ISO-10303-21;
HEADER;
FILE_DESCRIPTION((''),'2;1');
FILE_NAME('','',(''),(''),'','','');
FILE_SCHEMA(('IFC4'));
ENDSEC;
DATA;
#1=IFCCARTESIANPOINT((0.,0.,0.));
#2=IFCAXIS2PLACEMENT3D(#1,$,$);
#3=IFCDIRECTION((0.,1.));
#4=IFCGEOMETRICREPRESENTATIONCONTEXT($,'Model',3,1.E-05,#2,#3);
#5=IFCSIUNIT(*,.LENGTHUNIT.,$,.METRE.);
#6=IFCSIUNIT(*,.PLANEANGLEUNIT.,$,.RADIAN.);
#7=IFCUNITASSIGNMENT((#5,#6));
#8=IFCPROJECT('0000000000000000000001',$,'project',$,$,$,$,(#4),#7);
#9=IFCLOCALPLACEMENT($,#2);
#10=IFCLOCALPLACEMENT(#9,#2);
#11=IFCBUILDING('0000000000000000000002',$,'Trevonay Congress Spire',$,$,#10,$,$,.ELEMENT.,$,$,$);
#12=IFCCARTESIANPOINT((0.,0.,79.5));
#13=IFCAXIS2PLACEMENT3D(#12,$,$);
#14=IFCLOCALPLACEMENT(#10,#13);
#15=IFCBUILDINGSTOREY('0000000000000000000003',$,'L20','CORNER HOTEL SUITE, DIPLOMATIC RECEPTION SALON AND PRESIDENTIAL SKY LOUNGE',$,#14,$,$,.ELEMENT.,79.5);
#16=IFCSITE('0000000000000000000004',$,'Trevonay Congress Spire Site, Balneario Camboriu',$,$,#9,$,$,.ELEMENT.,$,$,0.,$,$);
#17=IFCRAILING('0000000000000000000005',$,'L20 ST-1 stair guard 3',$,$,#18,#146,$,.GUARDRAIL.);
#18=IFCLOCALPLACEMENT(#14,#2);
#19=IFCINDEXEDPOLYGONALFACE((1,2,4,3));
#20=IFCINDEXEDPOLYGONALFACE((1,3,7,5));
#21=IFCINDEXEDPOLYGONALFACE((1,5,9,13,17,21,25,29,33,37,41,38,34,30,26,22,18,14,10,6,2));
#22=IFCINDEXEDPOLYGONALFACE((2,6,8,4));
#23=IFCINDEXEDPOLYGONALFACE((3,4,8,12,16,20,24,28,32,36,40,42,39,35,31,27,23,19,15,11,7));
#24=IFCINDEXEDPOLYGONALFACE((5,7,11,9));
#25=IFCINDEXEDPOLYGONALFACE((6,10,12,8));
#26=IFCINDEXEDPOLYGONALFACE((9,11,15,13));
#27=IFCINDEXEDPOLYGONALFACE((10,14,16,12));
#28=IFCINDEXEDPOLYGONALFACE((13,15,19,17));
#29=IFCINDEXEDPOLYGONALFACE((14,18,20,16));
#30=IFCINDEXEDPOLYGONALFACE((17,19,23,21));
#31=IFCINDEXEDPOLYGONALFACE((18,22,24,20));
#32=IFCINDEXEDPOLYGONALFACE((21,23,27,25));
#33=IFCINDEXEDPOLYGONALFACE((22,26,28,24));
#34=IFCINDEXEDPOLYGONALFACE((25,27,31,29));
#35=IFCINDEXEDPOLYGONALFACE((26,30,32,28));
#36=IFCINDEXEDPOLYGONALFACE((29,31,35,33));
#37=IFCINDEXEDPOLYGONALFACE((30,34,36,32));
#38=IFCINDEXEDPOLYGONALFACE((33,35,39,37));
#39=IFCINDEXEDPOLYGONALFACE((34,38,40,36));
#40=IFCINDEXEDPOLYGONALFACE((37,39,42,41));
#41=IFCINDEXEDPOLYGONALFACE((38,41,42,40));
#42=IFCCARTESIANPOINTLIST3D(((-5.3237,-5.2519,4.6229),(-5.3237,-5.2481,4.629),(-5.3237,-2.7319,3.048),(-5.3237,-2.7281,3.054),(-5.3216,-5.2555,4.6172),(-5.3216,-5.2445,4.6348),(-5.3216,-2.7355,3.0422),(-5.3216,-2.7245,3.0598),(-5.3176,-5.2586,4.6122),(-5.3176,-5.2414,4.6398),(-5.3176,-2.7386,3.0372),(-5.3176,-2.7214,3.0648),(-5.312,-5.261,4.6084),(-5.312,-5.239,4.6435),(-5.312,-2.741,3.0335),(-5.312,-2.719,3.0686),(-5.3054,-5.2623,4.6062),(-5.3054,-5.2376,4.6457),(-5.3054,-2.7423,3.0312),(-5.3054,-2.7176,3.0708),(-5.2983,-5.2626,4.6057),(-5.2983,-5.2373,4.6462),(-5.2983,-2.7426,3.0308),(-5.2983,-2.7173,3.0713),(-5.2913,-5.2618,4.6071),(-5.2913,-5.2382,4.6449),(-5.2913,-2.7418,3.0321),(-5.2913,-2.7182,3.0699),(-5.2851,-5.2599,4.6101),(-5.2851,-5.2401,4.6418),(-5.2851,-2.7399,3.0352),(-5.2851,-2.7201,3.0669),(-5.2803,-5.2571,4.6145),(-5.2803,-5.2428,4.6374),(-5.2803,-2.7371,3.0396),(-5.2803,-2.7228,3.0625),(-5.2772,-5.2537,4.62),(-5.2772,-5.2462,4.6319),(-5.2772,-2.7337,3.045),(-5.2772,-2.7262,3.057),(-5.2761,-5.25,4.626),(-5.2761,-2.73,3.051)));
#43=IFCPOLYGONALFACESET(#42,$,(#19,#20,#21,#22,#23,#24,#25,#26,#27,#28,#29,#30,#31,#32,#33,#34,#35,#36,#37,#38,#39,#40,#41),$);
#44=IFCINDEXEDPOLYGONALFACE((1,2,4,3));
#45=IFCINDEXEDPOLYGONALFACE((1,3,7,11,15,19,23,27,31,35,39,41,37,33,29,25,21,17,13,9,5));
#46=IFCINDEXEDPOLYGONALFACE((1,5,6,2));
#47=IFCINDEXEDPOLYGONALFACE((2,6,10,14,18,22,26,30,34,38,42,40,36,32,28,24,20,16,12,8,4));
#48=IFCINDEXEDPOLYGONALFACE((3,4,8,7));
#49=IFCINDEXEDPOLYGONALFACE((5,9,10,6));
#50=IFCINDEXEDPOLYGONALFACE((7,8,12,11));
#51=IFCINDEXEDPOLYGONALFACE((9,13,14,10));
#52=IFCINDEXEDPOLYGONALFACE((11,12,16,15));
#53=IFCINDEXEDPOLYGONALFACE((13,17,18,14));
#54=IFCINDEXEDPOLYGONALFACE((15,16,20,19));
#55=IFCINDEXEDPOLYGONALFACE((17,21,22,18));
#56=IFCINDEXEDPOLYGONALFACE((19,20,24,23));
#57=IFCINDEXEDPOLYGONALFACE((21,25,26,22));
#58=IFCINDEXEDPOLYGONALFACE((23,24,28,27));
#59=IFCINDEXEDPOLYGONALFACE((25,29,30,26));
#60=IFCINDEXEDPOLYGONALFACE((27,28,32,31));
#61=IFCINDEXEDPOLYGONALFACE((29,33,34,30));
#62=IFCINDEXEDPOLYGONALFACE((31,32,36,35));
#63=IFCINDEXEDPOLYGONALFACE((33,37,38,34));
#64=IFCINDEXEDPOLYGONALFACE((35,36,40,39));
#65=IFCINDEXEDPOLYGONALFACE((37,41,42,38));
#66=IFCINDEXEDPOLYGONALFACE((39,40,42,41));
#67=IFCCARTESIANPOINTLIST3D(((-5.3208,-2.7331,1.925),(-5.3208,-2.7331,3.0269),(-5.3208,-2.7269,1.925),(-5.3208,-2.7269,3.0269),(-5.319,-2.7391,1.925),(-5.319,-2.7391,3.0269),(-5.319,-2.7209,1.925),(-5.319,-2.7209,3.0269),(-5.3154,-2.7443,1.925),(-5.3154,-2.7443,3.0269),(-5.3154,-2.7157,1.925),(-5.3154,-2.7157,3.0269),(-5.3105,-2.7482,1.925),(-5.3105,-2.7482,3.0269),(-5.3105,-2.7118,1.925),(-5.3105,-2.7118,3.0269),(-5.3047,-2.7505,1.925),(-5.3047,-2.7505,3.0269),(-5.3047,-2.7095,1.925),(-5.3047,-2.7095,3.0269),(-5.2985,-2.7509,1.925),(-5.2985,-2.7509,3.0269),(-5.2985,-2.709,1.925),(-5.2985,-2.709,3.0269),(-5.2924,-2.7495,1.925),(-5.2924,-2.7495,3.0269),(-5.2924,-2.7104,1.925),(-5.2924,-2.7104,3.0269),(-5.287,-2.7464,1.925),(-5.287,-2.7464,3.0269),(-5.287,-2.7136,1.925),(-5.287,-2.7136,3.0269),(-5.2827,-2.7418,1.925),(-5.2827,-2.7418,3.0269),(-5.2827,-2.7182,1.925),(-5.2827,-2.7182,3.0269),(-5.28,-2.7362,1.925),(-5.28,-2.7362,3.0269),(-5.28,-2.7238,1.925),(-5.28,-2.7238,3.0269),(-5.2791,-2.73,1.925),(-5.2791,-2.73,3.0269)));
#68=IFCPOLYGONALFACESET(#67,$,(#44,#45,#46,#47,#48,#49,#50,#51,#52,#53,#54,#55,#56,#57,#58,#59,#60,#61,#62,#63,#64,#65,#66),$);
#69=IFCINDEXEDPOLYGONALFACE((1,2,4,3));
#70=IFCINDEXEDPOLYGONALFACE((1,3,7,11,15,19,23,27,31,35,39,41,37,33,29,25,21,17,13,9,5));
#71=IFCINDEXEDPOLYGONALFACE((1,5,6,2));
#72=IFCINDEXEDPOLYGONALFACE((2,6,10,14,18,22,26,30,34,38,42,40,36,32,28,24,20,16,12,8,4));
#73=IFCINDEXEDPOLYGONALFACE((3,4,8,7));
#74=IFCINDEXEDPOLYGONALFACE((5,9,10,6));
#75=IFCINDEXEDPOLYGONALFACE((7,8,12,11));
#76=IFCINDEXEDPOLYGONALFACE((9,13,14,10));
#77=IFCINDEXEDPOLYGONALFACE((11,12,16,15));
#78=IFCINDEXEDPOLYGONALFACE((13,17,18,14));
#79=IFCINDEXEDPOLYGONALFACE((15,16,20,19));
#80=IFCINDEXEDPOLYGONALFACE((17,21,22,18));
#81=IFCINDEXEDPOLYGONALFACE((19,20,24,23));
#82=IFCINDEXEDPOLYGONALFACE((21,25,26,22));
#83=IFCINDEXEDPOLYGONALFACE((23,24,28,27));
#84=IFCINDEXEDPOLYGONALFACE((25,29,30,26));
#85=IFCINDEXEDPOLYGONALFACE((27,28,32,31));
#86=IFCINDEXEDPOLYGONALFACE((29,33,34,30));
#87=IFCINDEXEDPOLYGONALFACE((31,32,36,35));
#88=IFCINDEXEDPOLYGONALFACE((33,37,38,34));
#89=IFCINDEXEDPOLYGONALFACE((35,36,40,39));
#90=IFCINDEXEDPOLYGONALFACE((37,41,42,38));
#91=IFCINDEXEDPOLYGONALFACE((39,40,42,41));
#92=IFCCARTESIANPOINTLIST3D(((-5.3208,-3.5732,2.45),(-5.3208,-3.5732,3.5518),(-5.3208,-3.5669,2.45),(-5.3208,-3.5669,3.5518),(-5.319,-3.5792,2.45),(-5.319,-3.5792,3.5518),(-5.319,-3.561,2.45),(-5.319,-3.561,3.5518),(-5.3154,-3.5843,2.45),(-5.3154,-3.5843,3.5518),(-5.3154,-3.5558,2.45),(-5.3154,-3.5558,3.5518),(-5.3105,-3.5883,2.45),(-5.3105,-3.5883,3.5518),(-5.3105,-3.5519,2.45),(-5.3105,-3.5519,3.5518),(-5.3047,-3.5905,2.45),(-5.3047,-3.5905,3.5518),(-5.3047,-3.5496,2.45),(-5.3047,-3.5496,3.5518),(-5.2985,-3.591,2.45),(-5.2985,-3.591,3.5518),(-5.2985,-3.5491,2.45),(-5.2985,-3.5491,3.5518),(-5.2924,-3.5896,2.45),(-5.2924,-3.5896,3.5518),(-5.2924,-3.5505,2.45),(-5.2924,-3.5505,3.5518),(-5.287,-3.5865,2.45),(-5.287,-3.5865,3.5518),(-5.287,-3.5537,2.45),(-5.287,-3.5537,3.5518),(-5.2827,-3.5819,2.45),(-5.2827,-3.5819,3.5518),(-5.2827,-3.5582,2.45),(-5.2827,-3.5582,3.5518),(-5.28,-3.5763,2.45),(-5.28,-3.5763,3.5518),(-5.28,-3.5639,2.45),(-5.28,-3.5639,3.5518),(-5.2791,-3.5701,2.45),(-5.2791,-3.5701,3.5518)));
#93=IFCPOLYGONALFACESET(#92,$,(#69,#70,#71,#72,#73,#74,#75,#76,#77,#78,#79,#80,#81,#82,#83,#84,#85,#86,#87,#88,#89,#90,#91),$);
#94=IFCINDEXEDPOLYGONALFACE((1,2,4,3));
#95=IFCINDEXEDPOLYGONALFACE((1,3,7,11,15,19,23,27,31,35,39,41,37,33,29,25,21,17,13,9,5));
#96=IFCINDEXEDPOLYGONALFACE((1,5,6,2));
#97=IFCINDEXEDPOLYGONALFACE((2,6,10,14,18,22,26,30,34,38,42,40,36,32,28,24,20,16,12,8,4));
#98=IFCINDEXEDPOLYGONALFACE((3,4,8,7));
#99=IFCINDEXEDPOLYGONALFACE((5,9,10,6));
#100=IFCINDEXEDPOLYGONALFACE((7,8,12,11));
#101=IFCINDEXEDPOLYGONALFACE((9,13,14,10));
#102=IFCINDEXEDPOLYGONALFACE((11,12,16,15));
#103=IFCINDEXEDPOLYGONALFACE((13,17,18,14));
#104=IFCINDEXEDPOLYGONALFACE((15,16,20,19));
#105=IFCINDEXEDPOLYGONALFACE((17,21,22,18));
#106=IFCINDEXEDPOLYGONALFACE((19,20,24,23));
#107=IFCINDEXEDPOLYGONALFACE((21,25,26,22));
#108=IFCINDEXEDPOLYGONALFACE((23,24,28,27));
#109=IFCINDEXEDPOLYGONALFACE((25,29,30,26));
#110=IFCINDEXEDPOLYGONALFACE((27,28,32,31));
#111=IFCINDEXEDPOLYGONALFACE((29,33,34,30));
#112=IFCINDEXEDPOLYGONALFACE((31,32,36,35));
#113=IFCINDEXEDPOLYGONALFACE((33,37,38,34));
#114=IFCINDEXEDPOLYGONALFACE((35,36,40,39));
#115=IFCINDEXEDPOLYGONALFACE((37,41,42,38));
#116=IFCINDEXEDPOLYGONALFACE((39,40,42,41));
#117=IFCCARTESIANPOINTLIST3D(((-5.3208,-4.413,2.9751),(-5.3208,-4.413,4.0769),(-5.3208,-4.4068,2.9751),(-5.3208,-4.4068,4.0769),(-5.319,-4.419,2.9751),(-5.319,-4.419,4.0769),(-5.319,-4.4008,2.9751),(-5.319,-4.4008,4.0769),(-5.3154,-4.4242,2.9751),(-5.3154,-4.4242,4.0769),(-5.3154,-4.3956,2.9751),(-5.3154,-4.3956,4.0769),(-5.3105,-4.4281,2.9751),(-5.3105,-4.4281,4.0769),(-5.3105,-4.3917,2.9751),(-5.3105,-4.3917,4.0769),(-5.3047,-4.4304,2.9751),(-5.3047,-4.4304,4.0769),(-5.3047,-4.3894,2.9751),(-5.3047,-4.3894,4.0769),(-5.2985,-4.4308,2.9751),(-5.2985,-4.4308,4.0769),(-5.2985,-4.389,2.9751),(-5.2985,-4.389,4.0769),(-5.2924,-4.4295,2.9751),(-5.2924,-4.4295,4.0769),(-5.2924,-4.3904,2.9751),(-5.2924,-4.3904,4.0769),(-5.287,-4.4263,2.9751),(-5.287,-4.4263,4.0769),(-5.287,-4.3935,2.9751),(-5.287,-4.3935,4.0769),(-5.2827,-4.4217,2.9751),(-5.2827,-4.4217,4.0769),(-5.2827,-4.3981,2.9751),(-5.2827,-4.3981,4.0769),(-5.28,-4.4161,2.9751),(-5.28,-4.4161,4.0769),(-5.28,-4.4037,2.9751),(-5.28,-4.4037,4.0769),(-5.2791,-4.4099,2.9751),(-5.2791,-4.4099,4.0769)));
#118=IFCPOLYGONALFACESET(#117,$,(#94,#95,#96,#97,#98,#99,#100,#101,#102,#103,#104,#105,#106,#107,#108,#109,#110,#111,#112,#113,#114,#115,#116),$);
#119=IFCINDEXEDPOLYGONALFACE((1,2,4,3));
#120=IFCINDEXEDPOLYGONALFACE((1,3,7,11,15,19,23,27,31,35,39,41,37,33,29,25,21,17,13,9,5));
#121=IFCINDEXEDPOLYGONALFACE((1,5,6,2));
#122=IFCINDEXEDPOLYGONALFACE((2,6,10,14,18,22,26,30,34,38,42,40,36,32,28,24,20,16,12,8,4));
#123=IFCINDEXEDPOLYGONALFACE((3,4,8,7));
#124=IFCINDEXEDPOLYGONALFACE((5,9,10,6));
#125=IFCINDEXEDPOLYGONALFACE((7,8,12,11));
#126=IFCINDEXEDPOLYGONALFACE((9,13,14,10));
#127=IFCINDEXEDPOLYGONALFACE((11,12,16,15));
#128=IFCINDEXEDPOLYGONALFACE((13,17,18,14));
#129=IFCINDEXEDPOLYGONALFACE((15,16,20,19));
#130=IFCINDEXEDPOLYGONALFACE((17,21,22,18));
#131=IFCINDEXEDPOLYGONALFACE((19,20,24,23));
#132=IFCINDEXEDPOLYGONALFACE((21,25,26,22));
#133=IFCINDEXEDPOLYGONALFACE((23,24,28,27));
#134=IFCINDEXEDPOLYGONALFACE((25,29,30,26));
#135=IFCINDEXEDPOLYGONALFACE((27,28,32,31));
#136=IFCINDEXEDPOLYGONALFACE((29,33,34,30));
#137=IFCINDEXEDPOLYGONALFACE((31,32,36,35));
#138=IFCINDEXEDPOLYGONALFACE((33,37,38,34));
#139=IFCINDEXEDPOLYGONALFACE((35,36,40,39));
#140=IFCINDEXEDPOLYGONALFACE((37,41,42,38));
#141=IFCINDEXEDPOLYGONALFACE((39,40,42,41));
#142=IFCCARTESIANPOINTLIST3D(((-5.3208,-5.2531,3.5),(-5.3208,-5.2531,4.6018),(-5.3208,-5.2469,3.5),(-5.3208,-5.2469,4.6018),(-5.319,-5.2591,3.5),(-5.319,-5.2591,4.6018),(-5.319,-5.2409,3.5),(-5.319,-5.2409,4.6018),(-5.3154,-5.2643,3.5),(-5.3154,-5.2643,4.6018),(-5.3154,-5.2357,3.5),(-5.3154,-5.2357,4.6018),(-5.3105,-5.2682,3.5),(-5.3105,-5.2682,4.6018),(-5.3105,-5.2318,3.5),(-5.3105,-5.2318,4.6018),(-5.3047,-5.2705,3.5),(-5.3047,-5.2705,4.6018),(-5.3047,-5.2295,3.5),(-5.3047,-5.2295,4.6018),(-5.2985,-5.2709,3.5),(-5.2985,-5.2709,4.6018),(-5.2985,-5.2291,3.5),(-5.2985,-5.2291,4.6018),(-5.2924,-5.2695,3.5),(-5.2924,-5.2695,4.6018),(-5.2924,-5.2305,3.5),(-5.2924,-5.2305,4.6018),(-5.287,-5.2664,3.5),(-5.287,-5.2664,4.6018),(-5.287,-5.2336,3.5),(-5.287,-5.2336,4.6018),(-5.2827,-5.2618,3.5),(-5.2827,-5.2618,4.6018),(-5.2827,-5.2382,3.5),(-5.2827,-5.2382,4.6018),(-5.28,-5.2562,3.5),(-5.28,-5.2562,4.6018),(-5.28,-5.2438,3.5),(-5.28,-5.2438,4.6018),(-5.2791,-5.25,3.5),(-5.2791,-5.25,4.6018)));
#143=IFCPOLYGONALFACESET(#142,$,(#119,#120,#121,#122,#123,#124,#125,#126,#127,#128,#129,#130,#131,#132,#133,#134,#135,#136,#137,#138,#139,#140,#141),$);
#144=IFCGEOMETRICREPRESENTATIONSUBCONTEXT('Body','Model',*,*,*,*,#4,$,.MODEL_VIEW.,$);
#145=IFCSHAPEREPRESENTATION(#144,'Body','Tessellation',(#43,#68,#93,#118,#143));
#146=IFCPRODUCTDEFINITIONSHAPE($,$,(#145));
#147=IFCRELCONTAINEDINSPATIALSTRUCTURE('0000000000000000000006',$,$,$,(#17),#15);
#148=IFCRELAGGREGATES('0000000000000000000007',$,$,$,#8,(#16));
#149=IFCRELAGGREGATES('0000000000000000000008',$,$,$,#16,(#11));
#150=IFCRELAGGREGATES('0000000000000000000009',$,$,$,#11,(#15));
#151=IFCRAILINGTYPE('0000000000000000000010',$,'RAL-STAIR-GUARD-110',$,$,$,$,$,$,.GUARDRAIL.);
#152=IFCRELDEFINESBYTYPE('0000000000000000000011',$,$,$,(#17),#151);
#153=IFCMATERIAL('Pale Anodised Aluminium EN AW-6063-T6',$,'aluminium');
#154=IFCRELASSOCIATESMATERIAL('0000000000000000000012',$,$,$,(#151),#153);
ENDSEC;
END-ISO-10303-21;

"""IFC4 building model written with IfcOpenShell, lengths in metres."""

from ifc_helpers import new_model, si_unit, direction, frame, origin, origin_2d, place, context, subcontext, project, spatial, circle, extrude, material, type_object, element, save


model = new_model("IFC4")

# Units and contexts
model_context = context("Model", 3, precision=1e-05, world=origin(), true_north=direction((0.0, 1.0)))
body_context = subcontext(model_context, "Body", "Model", "MODEL_VIEW")
ifc_project = project(units=[si_unit("LENGTHUNIT", "METRE"), si_unit("PLANEANGLEUNIT", "RADIAN")], contexts=[model_context])

# Site, building, storey
site_placement = place(None, origin())
site = spatial("IfcSite", under=ifc_project, at=site_placement, Name="Trevonay Congress Spire Site, Balneario Camboriu", CompositionType="ELEMENT", RefElevation=0.0)
building_placement = place(site_placement, origin())
building = spatial("IfcBuilding", under=site, at=building_placement, Name="Trevonay Congress Spire", CompositionType="ELEMENT")
storey_placement = place(building_placement, frame((0.0, 0.0, 79.5)))
storey = spatial("IfcBuildingStorey", under=building, at=storey_placement, Name="L20", Description="CORNER HOTEL SUITE, DIPLOMATIC RECEPTION SALON AND PRESIDENTIAL SKY LOUNGE", CompositionType="ELEMENT", Elevation=79.5)

# Shared definitions
ifc_material_1 = material(Name="Pale Anodised Aluminium EN AW-6063-T6", Category="aluminium")

# Railing
railing_type_1 = type_object("IfcRailingType", Name="RAL-STAIR-GUARD-110", PredefinedType="GUARDRAIL", material=ifc_material_1)
railing_1_placement = place(storey_placement, frame((-5.3, -2.73, 1.925)))
element("IfcRailing", 1, at=railing_1_placement, inside=storey, type_object=railing_type_1, Name="L20 ST-1 stair guard 3", PredefinedType="GUARDRAIL", context=body_context, shape_type="SweptSolid", body=[
    extrude(circle(Radius=0.0239, at=origin_2d()), frame((0.0, 0.0, 1.126), z_axis=(0.0, -0.848008, 0.529984), x_axis=(1.0, 0.0, 0.0)), (0.0, 0.0, 1.0), 2.9717),
    extrude(circle(Radius=0.021, at=origin_2d()), origin(), (0.0, 0.0, 1.0), 1.1018),
    extrude(circle(Radius=0.021, at=origin_2d()), frame((0.0, -0.8401, 0.5249)), (0.0, 0.0, 1.0), 1.1018),
    extrude(circle(Radius=0.021, at=origin_2d()), frame((0.0, -1.6799, 1.05)), (0.0, 0.0, 1.0), 1.1018),
    extrude(circle(Radius=0.021, at=origin_2d()), frame((0.0, -2.52, 1.575)), (0.0, 0.0, 1.0), 1.1018),
])

save(model, "model.ifc")
